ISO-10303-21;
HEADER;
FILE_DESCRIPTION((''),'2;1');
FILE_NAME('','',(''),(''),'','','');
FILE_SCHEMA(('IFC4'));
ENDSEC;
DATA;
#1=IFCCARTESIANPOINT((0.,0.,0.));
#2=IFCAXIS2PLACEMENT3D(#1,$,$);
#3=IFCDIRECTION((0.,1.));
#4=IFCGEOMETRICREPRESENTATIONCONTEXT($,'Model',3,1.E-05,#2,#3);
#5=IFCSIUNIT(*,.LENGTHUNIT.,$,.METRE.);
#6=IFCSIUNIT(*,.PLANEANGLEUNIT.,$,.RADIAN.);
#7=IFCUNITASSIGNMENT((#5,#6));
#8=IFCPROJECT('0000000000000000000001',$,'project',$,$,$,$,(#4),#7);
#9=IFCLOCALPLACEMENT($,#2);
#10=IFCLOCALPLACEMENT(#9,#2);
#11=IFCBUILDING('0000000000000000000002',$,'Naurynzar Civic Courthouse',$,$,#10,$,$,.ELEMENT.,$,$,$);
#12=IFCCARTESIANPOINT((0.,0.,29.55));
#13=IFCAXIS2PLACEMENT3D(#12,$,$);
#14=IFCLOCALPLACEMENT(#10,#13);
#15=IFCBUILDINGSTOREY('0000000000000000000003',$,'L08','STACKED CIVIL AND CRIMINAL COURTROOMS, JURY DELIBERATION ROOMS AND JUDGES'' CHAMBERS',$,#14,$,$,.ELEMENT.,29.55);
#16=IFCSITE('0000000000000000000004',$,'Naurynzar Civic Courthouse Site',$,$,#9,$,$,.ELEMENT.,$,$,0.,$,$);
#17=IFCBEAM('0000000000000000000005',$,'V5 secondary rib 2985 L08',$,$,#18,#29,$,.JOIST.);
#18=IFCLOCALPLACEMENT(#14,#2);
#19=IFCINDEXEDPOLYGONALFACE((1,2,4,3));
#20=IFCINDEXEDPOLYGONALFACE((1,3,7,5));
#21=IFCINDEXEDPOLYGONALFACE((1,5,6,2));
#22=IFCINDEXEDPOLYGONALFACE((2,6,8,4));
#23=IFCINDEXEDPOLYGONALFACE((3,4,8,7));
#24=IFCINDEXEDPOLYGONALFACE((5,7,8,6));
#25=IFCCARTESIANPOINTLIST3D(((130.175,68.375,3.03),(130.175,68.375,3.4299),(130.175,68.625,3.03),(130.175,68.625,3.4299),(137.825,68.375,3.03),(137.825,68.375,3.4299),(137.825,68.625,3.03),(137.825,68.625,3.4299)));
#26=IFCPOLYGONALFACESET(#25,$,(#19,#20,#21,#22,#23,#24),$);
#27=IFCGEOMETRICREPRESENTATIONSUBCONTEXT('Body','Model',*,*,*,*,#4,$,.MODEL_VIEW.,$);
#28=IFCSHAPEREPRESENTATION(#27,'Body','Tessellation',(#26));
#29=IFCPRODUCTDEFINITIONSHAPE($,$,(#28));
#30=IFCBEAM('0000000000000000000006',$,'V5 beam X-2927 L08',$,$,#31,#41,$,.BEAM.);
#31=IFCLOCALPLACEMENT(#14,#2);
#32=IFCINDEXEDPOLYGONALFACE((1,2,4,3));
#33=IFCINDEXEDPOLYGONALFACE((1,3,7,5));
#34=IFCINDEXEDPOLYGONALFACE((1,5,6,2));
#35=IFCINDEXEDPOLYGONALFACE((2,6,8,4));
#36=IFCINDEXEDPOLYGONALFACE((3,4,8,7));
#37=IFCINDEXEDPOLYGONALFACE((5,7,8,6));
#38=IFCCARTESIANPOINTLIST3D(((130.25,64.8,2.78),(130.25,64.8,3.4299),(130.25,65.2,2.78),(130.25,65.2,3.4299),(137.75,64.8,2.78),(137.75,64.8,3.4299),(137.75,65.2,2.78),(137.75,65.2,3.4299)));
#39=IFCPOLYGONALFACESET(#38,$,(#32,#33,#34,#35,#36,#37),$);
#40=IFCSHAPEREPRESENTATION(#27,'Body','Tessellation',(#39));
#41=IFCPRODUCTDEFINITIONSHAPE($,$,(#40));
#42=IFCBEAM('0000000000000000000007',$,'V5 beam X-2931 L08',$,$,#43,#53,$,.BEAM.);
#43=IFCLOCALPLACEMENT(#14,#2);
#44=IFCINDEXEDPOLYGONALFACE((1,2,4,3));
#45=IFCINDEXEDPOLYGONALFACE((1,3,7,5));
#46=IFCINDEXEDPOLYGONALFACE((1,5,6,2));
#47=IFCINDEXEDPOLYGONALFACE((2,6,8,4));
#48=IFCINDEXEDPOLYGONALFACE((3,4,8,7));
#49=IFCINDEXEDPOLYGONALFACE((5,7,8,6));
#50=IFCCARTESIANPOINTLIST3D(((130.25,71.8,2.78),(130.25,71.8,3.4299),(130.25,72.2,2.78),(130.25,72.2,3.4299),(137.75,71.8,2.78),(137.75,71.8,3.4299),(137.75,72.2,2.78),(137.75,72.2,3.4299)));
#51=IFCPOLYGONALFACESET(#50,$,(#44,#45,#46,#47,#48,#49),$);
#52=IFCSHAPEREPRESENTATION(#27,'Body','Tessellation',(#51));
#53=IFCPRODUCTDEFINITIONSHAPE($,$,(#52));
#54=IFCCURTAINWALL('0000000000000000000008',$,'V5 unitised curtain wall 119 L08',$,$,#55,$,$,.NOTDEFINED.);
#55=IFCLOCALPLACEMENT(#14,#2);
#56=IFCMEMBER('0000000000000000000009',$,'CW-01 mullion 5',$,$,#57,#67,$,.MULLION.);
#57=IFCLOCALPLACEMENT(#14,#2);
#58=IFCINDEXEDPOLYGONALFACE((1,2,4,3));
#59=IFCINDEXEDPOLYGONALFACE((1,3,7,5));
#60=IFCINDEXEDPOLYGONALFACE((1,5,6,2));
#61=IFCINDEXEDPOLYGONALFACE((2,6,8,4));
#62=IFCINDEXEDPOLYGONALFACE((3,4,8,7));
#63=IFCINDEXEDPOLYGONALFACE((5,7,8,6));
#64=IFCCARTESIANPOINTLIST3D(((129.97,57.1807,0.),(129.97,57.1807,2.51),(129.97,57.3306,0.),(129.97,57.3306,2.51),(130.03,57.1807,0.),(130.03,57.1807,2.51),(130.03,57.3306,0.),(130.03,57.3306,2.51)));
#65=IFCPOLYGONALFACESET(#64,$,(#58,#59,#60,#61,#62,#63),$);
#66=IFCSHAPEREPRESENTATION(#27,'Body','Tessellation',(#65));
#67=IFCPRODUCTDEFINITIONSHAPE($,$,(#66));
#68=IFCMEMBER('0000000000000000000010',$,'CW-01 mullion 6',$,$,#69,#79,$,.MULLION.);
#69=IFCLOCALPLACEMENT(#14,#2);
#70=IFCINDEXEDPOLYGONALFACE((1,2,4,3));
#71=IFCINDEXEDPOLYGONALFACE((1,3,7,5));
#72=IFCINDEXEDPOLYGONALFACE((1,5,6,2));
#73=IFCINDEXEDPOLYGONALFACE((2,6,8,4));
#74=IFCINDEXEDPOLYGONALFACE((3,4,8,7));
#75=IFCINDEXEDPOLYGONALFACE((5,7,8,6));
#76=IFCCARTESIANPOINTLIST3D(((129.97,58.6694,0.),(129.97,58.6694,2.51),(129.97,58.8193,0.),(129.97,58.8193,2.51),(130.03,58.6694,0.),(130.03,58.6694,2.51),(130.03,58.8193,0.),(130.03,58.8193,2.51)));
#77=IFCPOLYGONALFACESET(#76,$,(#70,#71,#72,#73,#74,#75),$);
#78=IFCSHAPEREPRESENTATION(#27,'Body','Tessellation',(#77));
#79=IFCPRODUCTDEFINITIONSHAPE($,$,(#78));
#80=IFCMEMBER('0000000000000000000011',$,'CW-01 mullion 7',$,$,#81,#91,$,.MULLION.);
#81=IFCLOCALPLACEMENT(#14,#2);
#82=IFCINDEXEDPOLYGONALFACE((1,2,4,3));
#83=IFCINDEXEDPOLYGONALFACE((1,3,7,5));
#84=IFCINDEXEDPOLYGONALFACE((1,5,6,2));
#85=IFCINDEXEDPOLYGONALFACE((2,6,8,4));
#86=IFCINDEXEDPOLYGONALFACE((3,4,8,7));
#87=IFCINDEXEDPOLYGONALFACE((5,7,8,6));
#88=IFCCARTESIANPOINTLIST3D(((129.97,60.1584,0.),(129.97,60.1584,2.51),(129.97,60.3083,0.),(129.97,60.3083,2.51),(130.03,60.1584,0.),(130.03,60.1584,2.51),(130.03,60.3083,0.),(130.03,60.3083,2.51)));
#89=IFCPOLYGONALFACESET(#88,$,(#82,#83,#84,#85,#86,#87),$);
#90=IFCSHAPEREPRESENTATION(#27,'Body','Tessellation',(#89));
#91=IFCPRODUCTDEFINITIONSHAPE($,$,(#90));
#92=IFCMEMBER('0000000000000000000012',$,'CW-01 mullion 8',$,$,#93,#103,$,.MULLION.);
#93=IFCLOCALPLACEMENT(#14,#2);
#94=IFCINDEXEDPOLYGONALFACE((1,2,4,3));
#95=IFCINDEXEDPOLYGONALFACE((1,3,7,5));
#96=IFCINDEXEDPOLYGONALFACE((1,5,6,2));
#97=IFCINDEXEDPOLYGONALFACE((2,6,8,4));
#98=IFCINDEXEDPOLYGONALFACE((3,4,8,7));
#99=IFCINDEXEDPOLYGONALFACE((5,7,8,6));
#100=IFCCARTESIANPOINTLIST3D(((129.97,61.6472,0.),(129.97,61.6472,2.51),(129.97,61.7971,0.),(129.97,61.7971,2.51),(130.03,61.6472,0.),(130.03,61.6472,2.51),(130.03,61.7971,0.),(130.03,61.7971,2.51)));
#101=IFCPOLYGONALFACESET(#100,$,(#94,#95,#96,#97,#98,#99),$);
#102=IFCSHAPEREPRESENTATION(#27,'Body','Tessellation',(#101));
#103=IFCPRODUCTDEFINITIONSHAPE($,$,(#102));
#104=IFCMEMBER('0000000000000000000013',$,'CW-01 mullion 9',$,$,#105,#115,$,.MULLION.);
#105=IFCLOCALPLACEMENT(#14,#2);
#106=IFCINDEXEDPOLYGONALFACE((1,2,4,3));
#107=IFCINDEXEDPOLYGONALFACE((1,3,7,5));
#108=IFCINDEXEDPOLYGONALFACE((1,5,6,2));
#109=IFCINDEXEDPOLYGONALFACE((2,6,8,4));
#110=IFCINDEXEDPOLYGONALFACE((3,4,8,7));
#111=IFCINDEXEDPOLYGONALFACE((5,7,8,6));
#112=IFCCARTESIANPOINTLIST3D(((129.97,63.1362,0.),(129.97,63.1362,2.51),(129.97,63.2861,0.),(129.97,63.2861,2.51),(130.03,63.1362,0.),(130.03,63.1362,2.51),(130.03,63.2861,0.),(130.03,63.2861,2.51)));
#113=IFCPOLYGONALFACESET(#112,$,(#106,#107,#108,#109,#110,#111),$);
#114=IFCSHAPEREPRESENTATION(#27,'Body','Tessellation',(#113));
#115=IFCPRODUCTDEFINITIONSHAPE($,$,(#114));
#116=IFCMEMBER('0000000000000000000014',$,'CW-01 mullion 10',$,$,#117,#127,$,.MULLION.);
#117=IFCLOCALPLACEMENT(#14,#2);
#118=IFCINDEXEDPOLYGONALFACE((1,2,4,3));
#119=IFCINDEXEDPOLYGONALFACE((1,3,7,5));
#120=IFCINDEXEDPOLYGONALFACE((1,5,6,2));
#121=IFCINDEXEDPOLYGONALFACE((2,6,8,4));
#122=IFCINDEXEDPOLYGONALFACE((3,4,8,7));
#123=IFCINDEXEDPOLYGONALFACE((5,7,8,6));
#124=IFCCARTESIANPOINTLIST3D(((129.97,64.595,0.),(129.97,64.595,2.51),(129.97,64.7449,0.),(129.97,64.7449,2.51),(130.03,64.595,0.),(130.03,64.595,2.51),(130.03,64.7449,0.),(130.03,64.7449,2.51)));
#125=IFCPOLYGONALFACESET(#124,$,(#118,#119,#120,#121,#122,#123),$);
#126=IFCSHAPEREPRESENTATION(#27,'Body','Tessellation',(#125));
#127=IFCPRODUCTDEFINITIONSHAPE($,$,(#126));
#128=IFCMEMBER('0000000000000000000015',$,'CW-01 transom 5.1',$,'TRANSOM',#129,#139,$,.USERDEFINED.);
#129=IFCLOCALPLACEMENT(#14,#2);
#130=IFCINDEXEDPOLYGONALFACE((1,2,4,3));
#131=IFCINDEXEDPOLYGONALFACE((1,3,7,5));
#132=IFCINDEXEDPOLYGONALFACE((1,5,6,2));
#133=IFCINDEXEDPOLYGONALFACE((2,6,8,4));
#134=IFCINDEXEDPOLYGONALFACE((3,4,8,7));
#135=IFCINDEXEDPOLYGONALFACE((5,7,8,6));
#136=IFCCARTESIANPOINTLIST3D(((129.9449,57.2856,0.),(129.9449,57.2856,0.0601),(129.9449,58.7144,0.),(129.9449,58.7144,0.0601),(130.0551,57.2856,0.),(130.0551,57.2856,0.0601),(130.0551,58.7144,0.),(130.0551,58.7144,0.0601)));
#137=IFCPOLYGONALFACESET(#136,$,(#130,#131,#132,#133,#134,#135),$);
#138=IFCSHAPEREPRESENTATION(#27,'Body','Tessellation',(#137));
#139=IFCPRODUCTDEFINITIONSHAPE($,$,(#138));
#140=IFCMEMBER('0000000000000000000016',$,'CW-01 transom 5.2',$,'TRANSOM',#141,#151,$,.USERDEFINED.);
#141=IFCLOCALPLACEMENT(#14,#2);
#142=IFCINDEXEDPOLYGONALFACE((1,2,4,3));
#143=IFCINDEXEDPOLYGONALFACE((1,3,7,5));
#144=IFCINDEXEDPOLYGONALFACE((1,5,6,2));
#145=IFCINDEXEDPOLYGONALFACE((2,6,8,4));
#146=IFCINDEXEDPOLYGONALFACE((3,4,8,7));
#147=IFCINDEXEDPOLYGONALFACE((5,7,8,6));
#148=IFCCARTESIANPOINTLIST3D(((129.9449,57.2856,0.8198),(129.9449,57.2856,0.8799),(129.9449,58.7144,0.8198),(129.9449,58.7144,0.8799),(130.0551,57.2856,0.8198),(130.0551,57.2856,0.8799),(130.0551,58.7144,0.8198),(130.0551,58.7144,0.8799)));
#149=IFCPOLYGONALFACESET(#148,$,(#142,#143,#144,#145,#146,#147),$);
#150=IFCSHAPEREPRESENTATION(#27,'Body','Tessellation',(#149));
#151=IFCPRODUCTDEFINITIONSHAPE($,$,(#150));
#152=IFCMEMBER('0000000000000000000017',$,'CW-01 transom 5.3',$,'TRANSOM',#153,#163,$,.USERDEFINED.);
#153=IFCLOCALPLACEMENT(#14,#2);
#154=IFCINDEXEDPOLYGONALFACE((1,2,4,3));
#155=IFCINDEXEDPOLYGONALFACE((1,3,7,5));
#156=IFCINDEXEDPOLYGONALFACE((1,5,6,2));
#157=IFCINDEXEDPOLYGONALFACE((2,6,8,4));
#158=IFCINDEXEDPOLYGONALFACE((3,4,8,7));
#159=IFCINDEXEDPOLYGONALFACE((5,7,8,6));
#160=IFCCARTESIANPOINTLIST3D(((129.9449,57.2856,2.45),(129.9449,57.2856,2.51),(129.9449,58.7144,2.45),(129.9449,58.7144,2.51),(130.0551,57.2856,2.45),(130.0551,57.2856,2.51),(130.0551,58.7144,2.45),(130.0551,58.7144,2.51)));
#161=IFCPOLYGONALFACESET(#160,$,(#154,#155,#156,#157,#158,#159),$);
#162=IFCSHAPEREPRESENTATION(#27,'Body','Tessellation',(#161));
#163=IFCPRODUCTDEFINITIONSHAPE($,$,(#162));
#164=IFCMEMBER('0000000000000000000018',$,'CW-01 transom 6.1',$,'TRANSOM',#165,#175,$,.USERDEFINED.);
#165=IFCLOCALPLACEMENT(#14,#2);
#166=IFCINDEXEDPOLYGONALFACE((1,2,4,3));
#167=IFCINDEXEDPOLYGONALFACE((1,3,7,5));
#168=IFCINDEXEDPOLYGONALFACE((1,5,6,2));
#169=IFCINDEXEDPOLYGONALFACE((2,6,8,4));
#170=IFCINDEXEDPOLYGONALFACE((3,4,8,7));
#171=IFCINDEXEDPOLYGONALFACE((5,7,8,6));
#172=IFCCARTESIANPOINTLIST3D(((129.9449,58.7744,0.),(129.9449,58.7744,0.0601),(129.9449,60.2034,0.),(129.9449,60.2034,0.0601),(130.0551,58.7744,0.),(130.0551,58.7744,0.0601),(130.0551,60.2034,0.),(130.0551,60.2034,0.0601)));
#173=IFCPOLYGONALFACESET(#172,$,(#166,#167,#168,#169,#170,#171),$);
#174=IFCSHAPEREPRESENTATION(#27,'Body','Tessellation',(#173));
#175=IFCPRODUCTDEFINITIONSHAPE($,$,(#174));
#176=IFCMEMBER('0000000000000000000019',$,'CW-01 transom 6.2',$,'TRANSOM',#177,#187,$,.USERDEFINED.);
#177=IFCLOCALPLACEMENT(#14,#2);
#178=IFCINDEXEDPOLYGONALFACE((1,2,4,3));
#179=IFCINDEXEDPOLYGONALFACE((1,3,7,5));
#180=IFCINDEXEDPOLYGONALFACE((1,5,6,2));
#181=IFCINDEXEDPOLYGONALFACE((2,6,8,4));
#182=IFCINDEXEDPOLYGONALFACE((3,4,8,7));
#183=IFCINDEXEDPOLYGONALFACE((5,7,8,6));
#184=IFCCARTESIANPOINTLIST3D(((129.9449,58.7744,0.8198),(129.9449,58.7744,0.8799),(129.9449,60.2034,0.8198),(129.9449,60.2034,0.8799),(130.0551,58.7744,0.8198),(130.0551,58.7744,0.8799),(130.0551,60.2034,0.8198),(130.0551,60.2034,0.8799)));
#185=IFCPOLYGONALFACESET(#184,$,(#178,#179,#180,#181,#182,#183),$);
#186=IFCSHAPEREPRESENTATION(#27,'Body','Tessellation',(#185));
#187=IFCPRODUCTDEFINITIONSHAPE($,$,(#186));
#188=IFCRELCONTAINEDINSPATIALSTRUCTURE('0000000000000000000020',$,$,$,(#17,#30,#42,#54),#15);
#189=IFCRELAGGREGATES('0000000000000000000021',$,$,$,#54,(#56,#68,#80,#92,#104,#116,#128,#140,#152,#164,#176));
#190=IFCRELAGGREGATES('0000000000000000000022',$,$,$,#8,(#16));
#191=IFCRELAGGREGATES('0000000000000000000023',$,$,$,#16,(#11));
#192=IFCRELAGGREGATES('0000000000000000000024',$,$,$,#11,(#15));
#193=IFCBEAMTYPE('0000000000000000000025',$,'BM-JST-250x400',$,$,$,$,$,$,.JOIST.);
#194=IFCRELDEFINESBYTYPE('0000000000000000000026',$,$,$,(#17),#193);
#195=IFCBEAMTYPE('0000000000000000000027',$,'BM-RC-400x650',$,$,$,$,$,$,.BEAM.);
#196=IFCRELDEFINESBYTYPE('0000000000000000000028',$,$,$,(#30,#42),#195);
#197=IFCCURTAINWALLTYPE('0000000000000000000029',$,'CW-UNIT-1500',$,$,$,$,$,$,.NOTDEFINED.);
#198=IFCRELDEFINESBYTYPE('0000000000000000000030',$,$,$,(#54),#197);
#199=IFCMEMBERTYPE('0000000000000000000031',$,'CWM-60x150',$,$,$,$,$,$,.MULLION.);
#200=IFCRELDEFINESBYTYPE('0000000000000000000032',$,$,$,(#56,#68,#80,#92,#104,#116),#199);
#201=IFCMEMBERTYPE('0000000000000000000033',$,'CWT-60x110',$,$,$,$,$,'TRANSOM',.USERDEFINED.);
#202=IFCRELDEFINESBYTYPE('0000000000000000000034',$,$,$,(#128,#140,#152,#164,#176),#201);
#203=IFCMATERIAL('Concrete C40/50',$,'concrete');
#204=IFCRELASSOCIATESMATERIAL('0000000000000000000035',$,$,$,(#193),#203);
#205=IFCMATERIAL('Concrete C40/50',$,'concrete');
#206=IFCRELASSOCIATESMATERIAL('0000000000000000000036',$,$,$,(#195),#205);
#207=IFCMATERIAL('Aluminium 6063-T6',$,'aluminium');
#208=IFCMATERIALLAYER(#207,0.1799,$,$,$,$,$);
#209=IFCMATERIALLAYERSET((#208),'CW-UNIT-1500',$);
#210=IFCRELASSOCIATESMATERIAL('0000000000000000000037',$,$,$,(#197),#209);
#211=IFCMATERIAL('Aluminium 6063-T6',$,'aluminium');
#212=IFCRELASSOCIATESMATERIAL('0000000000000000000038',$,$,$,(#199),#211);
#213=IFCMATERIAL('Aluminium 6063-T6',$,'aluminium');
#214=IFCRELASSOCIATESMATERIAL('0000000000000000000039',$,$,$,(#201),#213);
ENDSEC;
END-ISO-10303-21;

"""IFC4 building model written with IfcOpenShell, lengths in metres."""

from ifc_helpers import new_model, si_unit, direction, frame, origin, origin_2d, place, context, subcontext, project, spatial, rectangle, extrude, material, layer, layer_set, material_profile, profile_set, type_object, element, aggregate, save


model = new_model("IFC4")

# Units and contexts
model_context = context("Model", 3, precision=1e-05, world=origin(), true_north=direction((0.0, 1.0)))
body_context = subcontext(model_context, "Body", "Model", "MODEL_VIEW")
ifc_project = project(units=[si_unit("LENGTHUNIT", "METRE"), si_unit("PLANEANGLEUNIT", "RADIAN")], contexts=[model_context])

# Site, building, storey
site_placement = place(None, origin())
site = spatial("IfcSite", under=ifc_project, at=site_placement, Name="Naurynzar Civic Courthouse Site", CompositionType="ELEMENT", RefElevation=0.0)
building_placement = place(site_placement, origin())
building = spatial("IfcBuilding", under=site, at=building_placement, Name="Naurynzar Civic Courthouse", CompositionType="ELEMENT")
storey_placement = place(building_placement, frame((0.0, 0.0, 29.55)))
storey = spatial("IfcBuildingStorey", under=building, at=storey_placement, Name="L08", Description="STACKED CIVIL AND CRIMINAL COURTROOMS, JURY DELIBERATION ROOMS AND JUDGES' CHAMBERS", CompositionType="ELEMENT", Elevation=29.55)

# Beams
ifc_material_1 = material(Name="Concrete C40/50", Category="concrete")
ifc_material_profile_1 = material_profile(ifc_material_1, rectangle(XDim=0.25, YDim=0.3999, at=origin_2d()), Name="RCB 250x400")
ifc_profile_set_1 = profile_set([ifc_material_profile_1], Name="Concrete C40/50")
beam_type_1 = type_object("IfcBeamType", Name="BM-JST-250x400", PredefinedType="JOIST", material=ifc_profile_set_1)
beam_placement = place(storey_placement, frame((130.175, 68.5, 3.23), z_axis=(1.0, 0.0, 0.0), x_axis=(0.0, 1.0, 0.0)))
element("IfcBeam", 1, at=beam_placement, inside=storey, type_object=beam_type_1, Name="V5 secondary rib 2985 L08", PredefinedType="JOIST", context=body_context, shape_type="SweptSolid", body=[
    extrude(rectangle(XDim=0.25, YDim=0.3999, at=origin_2d()), origin(), (0.0, 0.0, 1.0), 7.6499),
])
ifc_material_2 = material(Name="Concrete C40/50", Category="concrete")
ifc_material_profile_2 = material_profile(ifc_material_2, rectangle(XDim=0.3999, YDim=0.6499, at=origin_2d()), Name="RCB 400x650")
ifc_profile_set_2 = profile_set([ifc_material_profile_2], Name="Concrete C40/50")
beam_type_2 = type_object("IfcBeamType", Name="BM-RC-400x650", PredefinedType="BEAM", material=ifc_profile_set_2)
for number, where, z_axis, x_axis, name in (
    (2, (130.25, 65.0, 3.105), (1.0, 0.0, 0.0), (0.0, 1.0, 0.0), "V5 beam X-2927 L08"),
    (3, (130.25, 72.0, 3.105), (1.0, 0.0, 0.0), (0.0, 1.0, 0.0), "V5 beam X-2931 L08"),
):
    element("IfcBeam", number, at=place(storey_placement, frame(where, z_axis=z_axis, x_axis=x_axis)), inside=storey, type_object=beam_type_2, Name=name, PredefinedType="BEAM", context=body_context, shape_type="SweptSolid", body=[
        extrude(rectangle(XDim=0.3999, YDim=0.6499, at=origin_2d()), origin(), (0.0, 0.0, 1.0), 7.5),
    ])

# Curtain wall, members
ifc_material_3 = material(Name="Aluminium 6063-T6", Category="aluminium")
ifc_layer_1 = layer(ifc_material_3, 0.1799)
ifc_layer_set_1 = layer_set([ifc_layer_1], Name="CW-UNIT-1500")
curtain_wall_type = type_object("IfcCurtainWallType", Name="CW-UNIT-1500", PredefinedType="NOTDEFINED", material=ifc_layer_set_1)
curtain_wall_placement = place(storey_placement, origin())
curtain_wall = element("IfcCurtainWall", 4, at=curtain_wall_placement, inside=storey, type_object=curtain_wall_type, Name="V5 unitised curtain wall 119 L08", PredefinedType="NOTDEFINED")
ifc_material_4 = material(Name="Aluminium 6063-T6", Category="aluminium")
ifc_material_profile_3 = material_profile(ifc_material_4, rectangle(XDim=0.0601, YDim=0.1499, at=origin_2d()), Name="ALU MULLION 60x150")
ifc_profile_set_3 = profile_set([ifc_material_profile_3], Name="Aluminium 6063-T6")
member_type_1 = type_object("IfcMemberType", Name="CWM-60x150", PredefinedType="MULLION", material=ifc_profile_set_3)
member_1_placement = place(storey_placement, frame((130.0, 57.2556, 0.0), z_axis=(0.0, 0.0, 1.0), x_axis=(-1.0, 0.0, 0.0)))
member_1 = element("IfcMember", 5, at=member_1_placement, type_object=member_type_1, Name="CW-01 mullion 5", PredefinedType="MULLION", context=body_context, shape_type="SweptSolid", body=[
    extrude(rectangle(XDim=0.0601, YDim=0.1499, at=origin_2d()), origin(), (0.0, 0.0, 1.0), 2.51),
])
member_2_placement = place(storey_placement, frame((130.0, 58.7444, 0.0), z_axis=(0.0, 0.0, 1.0), x_axis=(-1.0, 0.0, 0.0)))
member_2 = element("IfcMember", 6, at=member_2_placement, type_object=member_type_1, Name="CW-01 mullion 6", PredefinedType="MULLION", context=body_context, shape_type="SweptSolid", body=[
    extrude(rectangle(XDim=0.0601, YDim=0.1499, at=origin_2d()), origin(), (0.0, 0.0, 1.0), 2.51),
])
member_3_placement = place(storey_placement, frame((130.0, 60.2334, 0.0), z_axis=(0.0, 0.0, 1.0), x_axis=(-1.0, 0.0, 0.0)))
member_3 = element("IfcMember", 7, at=member_3_placement, type_object=member_type_1, Name="CW-01 mullion 7", PredefinedType="MULLION", context=body_context, shape_type="SweptSolid", body=[
    extrude(rectangle(XDim=0.0601, YDim=0.1499, at=origin_2d()), origin(), (0.0, 0.0, 1.0), 2.51),
])
member_4_placement = place(storey_placement, frame((130.0, 61.7222, 0.0), z_axis=(0.0, 0.0, 1.0), x_axis=(-1.0, 0.0, 0.0)))
member_4 = element("IfcMember", 8, at=member_4_placement, type_object=member_type_1, Name="CW-01 mullion 8", PredefinedType="MULLION", context=body_context, shape_type="SweptSolid", body=[
    extrude(rectangle(XDim=0.0601, YDim=0.1499, at=origin_2d()), origin(), (0.0, 0.0, 1.0), 2.51),
])
member_5_placement = place(storey_placement, frame((130.0, 63.2112, 0.0), z_axis=(0.0, 0.0, 1.0), x_axis=(-1.0, 0.0, 0.0)))
member_5 = element("IfcMember", 9, at=member_5_placement, type_object=member_type_1, Name="CW-01 mullion 9", PredefinedType="MULLION", context=body_context, shape_type="SweptSolid", body=[
    extrude(rectangle(XDim=0.0601, YDim=0.1499, at=origin_2d()), origin(), (0.0, 0.0, 1.0), 2.51),
])
member_6_placement = place(storey_placement, frame((130.0, 64.6699, 0.0), z_axis=(0.0, 0.0, 1.0), x_axis=(-1.0, 0.0, 0.0)))
member_6 = element("IfcMember", 10, at=member_6_placement, type_object=member_type_1, Name="CW-01 mullion 10", PredefinedType="MULLION", context=body_context, shape_type="SweptSolid", body=[
    extrude(rectangle(XDim=0.0601, YDim=0.1499, at=origin_2d()), origin(), (0.0, 0.0, 1.0), 2.51),
])
ifc_material_5 = material(Name="Aluminium 6063-T6", Category="aluminium")
ifc_material_profile_4 = material_profile(ifc_material_5, rectangle(XDim=0.1101, YDim=0.0601, at=origin_2d()), Name="ALU TRANSOM 60x110")
ifc_profile_set_4 = profile_set([ifc_material_profile_4], Name="Aluminium 6063-T6")
member_type_2 = type_object("IfcMemberType", Name="CWT-60x110", ElementType="TRANSOM", PredefinedType="USERDEFINED", material=ifc_profile_set_4)
member_7_placement = place(storey_placement, frame((130.0, 57.2856, 0.03), z_axis=(0.0, 1.0, 0.0), x_axis=(-1.0, 0.0, 0.0)))
member_7 = element("IfcMember", 11, at=member_7_placement, type_object=member_type_2, Name="CW-01 transom 5.1", ObjectType="TRANSOM", PredefinedType="USERDEFINED", context=body_context, shape_type="SweptSolid", body=[
    extrude(rectangle(XDim=0.1101, YDim=0.0601, at=origin_2d()), origin(), (0.0, 0.0, 1.0), 1.4287),
])
member_8_placement = place(storey_placement, frame((130.0, 57.2856, 0.8499), z_axis=(0.0, 1.0, 0.0), x_axis=(-1.0, 0.0, 0.0)))
member_8 = element("IfcMember", 12, at=member_8_placement, type_object=member_type_2, Name="CW-01 transom 5.2", ObjectType="TRANSOM", PredefinedType="USERDEFINED", context=body_context, shape_type="SweptSolid", body=[
    extrude(rectangle(XDim=0.1101, YDim=0.0601, at=origin_2d()), origin(), (0.0, 0.0, 1.0), 1.4287),
])
member_9_placement = place(storey_placement, frame((130.0, 57.2856, 2.48), z_axis=(0.0, 1.0, 0.0), x_axis=(-1.0, 0.0, 0.0)))
member_9 = element("IfcMember", 13, at=member_9_placement, type_object=member_type_2, Name="CW-01 transom 5.3", ObjectType="TRANSOM", PredefinedType="USERDEFINED", context=body_context, shape_type="SweptSolid", body=[
    extrude(rectangle(XDim=0.1101, YDim=0.0601, at=origin_2d()), origin(), (0.0, 0.0, 1.0), 1.4287),
])
member_10_placement = place(storey_placement, frame((130.0, 58.7744, 0.03), z_axis=(0.0, 1.0, 0.0), x_axis=(-1.0, 0.0, 0.0)))
member_10 = element("IfcMember", 14, at=member_10_placement, type_object=member_type_2, Name="CW-01 transom 6.1", ObjectType="TRANSOM", PredefinedType="USERDEFINED", context=body_context, shape_type="SweptSolid", body=[
    extrude(rectangle(XDim=0.1101, YDim=0.0601, at=origin_2d()), origin(), (0.0, 0.0, 1.0), 1.429),
])
member_11_placement = place(storey_placement, frame((130.0, 58.7744, 0.8499), z_axis=(0.0, 1.0, 0.0), x_axis=(-1.0, 0.0, 0.0)))
member_11 = element("IfcMember", 15, at=member_11_placement, type_object=member_type_2, Name="CW-01 transom 6.2", ObjectType="TRANSOM", PredefinedType="USERDEFINED", context=body_context, shape_type="SweptSolid", body=[
    extrude(rectangle(XDim=0.1101, YDim=0.0601, at=origin_2d()), origin(), (0.0, 0.0, 1.0), 1.429),
])
aggregate(curtain_wall, [member_1, member_2, member_3, member_4, member_5, member_6, member_7, member_8, member_9, member_10, member_11])

save(model, "model.ifc")
